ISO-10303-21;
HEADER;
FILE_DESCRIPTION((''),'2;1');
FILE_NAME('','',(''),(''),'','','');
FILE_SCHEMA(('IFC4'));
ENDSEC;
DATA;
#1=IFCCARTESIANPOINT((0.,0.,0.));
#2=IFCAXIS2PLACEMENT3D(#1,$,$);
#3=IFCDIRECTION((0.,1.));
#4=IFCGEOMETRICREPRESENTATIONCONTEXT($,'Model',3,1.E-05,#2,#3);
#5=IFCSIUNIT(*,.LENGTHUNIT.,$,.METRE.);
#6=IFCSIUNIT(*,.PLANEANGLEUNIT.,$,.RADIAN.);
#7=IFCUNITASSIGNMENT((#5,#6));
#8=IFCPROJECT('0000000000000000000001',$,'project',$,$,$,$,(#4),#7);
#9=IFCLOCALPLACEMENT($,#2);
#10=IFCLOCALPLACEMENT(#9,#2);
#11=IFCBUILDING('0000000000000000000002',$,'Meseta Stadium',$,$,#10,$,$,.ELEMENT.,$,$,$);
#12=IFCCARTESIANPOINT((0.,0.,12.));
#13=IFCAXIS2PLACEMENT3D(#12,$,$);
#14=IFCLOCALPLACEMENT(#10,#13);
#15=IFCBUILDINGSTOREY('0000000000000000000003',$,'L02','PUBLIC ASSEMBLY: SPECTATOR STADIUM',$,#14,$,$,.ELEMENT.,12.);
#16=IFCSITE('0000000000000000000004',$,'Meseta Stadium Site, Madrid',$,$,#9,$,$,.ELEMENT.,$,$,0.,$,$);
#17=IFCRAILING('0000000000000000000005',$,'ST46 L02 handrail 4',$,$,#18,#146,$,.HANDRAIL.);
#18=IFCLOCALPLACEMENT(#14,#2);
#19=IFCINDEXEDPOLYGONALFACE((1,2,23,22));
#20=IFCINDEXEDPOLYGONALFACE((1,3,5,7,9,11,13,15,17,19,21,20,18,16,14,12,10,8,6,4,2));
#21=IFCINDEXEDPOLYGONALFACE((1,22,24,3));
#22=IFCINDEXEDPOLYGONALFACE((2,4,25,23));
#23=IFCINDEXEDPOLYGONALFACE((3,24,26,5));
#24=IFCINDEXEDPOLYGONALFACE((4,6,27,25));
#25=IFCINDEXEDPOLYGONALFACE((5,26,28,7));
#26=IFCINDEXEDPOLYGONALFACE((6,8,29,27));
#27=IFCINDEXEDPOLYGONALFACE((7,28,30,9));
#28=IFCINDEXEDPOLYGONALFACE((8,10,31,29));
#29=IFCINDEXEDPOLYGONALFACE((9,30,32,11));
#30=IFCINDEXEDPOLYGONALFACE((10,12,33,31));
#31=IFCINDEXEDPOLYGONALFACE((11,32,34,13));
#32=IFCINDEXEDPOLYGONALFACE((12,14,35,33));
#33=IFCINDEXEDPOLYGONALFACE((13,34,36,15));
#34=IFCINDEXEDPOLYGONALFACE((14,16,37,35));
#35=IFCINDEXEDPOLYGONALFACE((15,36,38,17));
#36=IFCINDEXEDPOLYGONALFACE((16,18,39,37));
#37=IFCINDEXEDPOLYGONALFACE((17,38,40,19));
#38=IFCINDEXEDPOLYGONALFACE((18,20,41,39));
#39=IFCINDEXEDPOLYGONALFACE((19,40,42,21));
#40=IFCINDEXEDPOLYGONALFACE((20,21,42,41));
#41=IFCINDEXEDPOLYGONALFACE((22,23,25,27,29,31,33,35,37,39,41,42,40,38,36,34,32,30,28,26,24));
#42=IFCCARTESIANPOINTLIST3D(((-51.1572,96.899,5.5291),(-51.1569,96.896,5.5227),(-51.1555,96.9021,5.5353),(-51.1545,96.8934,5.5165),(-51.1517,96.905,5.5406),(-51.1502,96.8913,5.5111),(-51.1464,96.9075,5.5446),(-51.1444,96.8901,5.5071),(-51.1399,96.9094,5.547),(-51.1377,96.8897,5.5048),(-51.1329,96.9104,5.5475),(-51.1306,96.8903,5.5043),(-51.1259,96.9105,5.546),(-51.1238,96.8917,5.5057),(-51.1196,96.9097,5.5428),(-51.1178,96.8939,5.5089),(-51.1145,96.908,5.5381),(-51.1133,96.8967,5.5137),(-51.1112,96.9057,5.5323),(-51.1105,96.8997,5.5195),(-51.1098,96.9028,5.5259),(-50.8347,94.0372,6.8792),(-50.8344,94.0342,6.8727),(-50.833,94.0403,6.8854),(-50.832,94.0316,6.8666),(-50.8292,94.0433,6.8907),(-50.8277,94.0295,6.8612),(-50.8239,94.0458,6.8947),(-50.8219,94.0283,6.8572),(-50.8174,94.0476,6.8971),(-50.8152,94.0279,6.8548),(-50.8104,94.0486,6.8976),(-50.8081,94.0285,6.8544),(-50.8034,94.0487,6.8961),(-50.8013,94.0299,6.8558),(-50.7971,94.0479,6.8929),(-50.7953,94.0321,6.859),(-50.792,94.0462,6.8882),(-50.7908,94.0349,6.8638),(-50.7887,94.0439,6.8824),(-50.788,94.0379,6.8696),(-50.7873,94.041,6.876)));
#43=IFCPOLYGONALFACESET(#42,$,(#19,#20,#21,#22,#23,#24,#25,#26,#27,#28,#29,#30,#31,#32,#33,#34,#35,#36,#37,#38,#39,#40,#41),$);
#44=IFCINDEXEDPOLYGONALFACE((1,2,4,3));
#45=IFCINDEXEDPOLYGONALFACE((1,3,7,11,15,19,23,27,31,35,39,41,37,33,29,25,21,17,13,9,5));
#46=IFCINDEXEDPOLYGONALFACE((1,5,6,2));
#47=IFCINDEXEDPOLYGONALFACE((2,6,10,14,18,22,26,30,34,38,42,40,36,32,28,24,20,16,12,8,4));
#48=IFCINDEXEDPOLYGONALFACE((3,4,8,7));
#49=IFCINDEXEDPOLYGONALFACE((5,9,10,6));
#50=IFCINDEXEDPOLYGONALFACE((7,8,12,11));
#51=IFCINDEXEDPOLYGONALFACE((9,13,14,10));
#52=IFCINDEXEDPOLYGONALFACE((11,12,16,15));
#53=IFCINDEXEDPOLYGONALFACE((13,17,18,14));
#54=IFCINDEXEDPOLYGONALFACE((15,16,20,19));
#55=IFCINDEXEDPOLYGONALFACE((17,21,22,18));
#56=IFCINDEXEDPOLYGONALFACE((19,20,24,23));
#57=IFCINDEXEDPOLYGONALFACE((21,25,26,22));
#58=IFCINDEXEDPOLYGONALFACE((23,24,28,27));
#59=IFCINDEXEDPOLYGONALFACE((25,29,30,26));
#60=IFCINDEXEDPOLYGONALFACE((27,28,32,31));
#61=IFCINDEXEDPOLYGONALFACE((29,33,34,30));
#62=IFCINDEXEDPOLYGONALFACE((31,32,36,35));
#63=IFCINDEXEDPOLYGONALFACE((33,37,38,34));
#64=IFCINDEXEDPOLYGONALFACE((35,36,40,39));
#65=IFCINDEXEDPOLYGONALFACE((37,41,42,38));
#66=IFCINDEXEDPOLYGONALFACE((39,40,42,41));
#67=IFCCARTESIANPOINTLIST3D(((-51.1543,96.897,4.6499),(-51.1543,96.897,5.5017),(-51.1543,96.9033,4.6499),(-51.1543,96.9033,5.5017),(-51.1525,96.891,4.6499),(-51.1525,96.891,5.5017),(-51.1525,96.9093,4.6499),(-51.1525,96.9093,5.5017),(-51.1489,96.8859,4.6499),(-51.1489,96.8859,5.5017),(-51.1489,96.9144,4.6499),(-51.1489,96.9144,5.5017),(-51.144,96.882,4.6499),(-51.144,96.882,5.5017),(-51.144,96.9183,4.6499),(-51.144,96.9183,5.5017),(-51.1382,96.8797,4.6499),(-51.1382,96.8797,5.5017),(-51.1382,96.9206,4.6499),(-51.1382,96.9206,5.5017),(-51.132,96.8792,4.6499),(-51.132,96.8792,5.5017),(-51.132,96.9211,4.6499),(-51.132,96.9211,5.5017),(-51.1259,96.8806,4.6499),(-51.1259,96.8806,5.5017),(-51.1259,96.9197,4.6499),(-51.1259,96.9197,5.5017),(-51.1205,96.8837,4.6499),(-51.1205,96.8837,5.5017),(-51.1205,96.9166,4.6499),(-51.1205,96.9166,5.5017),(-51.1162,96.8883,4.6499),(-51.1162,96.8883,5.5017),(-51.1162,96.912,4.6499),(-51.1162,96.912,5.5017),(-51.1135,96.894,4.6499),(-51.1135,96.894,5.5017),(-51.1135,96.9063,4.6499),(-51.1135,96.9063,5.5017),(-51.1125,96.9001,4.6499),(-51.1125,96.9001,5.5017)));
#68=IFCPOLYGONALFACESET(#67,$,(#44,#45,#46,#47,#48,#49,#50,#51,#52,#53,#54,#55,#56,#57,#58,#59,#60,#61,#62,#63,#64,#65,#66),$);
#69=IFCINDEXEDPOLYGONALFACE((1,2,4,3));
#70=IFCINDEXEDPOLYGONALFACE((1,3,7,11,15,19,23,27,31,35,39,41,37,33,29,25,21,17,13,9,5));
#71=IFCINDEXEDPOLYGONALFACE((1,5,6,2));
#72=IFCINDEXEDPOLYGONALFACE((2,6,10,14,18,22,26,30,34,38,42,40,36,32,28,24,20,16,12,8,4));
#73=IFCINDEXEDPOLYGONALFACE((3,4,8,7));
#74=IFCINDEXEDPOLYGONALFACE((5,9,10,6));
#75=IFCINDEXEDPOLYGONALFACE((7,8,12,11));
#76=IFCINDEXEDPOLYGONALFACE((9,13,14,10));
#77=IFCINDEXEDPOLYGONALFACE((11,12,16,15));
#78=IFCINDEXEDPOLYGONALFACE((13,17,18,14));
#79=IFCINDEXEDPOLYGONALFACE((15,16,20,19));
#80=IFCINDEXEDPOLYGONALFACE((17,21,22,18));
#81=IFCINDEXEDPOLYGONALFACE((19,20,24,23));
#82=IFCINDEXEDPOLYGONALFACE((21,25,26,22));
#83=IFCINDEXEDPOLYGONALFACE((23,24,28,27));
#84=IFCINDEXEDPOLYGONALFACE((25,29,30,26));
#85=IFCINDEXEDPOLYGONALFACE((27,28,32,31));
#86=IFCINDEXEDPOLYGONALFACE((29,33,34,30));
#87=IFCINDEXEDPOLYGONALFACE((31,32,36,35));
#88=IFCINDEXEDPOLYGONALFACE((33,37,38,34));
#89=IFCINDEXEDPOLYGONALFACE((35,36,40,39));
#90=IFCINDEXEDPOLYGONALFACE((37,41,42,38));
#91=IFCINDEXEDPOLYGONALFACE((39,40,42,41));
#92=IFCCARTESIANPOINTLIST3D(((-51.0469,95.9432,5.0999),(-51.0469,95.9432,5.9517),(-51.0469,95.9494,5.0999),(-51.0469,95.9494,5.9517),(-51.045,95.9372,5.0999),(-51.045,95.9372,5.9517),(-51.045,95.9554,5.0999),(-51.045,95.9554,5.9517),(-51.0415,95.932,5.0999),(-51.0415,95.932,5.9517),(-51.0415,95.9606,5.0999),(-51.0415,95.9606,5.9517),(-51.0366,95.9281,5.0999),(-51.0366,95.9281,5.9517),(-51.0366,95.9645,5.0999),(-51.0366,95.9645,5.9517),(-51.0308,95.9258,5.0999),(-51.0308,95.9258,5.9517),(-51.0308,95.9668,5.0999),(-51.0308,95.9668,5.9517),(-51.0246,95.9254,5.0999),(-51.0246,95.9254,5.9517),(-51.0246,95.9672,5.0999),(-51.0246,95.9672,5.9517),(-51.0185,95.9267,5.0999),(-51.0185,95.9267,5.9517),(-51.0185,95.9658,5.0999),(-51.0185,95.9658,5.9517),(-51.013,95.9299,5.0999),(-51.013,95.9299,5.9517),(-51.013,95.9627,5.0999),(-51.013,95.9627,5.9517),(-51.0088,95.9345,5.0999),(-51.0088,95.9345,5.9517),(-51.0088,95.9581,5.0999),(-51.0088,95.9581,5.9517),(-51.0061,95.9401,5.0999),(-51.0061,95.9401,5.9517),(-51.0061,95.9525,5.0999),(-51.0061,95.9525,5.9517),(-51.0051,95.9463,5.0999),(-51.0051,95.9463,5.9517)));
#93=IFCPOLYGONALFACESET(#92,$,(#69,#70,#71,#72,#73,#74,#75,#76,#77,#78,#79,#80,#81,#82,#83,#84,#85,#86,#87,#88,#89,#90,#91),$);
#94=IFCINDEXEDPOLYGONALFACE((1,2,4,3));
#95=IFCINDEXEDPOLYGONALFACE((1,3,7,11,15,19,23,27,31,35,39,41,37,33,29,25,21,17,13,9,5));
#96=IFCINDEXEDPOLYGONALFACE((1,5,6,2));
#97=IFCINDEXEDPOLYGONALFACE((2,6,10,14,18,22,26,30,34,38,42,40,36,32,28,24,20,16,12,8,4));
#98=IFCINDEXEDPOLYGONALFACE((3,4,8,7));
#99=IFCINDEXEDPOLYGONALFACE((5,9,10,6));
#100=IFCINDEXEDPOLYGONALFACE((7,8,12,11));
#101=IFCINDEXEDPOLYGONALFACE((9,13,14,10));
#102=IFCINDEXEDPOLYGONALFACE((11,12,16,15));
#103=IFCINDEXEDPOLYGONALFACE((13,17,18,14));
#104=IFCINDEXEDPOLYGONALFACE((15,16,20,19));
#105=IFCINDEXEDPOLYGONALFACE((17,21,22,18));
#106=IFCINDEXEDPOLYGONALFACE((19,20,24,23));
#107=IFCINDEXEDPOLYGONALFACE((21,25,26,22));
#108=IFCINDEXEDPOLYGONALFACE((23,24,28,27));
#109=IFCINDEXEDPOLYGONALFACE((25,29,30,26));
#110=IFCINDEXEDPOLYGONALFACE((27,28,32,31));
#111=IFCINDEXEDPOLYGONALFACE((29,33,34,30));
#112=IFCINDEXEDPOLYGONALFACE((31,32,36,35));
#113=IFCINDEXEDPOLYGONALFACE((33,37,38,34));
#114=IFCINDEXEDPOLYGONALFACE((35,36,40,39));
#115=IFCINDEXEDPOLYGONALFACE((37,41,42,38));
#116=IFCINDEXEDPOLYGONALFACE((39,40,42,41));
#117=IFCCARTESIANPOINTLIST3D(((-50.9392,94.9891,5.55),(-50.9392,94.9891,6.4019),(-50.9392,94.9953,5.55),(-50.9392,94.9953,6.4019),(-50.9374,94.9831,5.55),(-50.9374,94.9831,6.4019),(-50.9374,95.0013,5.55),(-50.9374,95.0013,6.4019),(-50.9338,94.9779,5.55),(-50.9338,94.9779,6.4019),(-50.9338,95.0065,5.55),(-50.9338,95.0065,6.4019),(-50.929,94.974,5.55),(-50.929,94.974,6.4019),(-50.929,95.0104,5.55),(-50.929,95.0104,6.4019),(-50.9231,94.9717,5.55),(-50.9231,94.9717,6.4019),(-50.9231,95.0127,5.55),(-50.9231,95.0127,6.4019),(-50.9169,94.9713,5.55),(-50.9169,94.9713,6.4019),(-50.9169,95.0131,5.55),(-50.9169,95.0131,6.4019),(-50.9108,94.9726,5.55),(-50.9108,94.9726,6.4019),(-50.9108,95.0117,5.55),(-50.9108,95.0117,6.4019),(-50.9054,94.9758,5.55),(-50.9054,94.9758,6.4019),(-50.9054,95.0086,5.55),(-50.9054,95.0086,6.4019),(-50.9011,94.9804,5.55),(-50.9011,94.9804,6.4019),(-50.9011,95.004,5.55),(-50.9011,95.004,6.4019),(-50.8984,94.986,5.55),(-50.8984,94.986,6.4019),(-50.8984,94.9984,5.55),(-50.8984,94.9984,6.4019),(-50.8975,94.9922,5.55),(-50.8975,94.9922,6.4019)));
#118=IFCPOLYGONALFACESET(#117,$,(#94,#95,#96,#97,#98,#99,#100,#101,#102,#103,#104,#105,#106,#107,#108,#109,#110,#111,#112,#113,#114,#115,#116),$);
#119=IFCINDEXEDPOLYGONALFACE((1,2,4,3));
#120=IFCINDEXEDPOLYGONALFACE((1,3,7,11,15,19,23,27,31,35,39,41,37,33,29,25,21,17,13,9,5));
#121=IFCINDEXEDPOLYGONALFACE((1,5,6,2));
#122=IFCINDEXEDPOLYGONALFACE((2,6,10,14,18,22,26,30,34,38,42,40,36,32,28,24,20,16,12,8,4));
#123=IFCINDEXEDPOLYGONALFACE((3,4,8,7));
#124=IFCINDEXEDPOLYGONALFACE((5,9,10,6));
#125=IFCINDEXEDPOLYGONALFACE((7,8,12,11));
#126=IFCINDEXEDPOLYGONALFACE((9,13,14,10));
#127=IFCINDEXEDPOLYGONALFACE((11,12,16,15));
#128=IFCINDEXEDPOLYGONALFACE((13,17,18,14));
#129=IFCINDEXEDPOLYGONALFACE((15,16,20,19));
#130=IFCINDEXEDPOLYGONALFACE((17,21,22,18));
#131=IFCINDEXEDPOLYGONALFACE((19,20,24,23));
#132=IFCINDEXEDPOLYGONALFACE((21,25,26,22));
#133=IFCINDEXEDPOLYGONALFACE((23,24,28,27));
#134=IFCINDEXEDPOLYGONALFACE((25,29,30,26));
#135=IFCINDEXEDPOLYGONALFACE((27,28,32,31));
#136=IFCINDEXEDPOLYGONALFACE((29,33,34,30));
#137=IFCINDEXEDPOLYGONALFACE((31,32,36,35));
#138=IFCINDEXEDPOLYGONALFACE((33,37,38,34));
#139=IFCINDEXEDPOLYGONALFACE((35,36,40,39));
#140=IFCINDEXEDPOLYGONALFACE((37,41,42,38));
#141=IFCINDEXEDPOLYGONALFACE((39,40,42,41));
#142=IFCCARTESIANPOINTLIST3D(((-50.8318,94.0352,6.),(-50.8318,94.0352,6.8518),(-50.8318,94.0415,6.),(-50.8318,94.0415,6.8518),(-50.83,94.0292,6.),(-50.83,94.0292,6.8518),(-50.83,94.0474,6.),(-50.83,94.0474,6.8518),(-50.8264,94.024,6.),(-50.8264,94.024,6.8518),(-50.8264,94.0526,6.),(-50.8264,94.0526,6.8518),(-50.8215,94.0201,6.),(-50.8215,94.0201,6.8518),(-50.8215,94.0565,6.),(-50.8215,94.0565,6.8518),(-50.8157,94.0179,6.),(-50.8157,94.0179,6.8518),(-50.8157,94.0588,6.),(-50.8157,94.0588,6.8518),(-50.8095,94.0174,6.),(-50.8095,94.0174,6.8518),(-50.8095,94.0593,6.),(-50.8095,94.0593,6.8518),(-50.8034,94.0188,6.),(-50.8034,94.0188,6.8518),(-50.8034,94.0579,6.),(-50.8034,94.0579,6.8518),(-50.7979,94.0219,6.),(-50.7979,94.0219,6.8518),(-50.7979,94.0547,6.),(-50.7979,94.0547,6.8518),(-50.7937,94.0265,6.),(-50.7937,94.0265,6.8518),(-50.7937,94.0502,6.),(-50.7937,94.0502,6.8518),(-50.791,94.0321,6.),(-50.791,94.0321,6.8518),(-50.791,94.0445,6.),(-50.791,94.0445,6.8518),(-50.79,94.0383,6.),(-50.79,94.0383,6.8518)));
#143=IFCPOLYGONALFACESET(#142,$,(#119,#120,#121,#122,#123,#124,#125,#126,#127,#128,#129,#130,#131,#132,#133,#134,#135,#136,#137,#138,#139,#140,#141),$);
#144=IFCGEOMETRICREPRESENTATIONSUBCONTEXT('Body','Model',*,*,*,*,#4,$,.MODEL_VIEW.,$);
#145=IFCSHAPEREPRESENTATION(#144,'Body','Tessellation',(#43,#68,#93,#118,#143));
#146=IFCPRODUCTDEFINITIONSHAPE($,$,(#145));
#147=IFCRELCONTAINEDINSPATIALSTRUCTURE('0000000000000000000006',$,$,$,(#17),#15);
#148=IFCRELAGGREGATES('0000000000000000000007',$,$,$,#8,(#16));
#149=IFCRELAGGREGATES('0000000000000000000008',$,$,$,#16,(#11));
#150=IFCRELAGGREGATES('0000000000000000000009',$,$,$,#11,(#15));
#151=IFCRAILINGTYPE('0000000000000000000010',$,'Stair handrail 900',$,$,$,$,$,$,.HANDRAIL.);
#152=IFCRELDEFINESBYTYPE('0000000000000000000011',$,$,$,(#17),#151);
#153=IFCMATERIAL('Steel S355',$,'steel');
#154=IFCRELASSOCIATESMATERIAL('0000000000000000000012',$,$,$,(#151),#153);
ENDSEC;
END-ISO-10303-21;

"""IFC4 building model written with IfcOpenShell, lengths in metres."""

from ifc_helpers import new_model, si_unit, direction, frame, origin, origin_2d, place, context, subcontext, project, spatial, circle, extrude, material, type_object, element, save


model = new_model("IFC4")

# Units and contexts
model_context = context("Model", 3, precision=1e-05, world=origin(), true_north=direction((0.0, 1.0)))
body_context = subcontext(model_context, "Body", "Model", "MODEL_VIEW")
ifc_project = project(units=[si_unit("LENGTHUNIT", "METRE"), si_unit("PLANEANGLEUNIT", "RADIAN")], contexts=[model_context])

# Site, building, storey
site_placement = place(None, origin())
site = spatial("IfcSite", under=ifc_project, at=site_placement, Name="Meseta Stadium Site, Madrid", CompositionType="ELEMENT", RefElevation=0.0)
building_placement = place(site_placement, origin())
building = spatial("IfcBuilding", under=site, at=building_placement, Name="Meseta Stadium", CompositionType="ELEMENT")
storey_placement = place(building_placement, frame((0.0, 0.0, 12.0)))
storey = spatial("IfcBuildingStorey", under=building, at=storey_placement, Name="L02", Description="PUBLIC ASSEMBLY: SPECTATOR STADIUM", CompositionType="ELEMENT", Elevation=12.0)

# Railing
ifc_material_1 = material(Name="Steel S355", Category="steel")
railing_type_1 = type_object("IfcRailingType", Name="Stair handrail 900", PredefinedType="HANDRAIL", material=ifc_material_1)
railing_1_placement = place(storey_placement, frame((-51.1335, 96.9001, 4.6499)))
element("IfcRailing", 1, at=railing_1_placement, inside=storey, type_object=railing_type_1, Name="ST46 L02 handrail 4", PredefinedType="HANDRAIL", context=body_context, shape_type="SweptSolid", body=[
    extrude(circle(Radius=0.0239, at=origin_2d()), frame((0.0, 0.0, 0.876), z_axis=(0.101396, -0.899748, 0.424467), x_axis=(0.99371, 0.111985, 0.0)), (0.0, 0.0, 1.0), 3.1807),
    extrude(circle(Radius=0.021, at=origin_2d()), origin(), (0.0, 0.0, 1.0), 0.8518),
    extrude(circle(Radius=0.021, at=origin_2d()), frame((0.1074, -0.9539, 0.45)), (0.0, 0.0, 1.0), 0.8518),
    extrude(circle(Radius=0.021, at=origin_2d()), frame((0.2151, -1.908, 0.9001)), (0.0, 0.0, 1.0), 0.8518),
    extrude(circle(Radius=0.021, at=origin_2d()), frame((0.3225, -2.8618, 1.3501)), (0.0, 0.0, 1.0), 0.8518),
])

save(model, "model.ifc")
